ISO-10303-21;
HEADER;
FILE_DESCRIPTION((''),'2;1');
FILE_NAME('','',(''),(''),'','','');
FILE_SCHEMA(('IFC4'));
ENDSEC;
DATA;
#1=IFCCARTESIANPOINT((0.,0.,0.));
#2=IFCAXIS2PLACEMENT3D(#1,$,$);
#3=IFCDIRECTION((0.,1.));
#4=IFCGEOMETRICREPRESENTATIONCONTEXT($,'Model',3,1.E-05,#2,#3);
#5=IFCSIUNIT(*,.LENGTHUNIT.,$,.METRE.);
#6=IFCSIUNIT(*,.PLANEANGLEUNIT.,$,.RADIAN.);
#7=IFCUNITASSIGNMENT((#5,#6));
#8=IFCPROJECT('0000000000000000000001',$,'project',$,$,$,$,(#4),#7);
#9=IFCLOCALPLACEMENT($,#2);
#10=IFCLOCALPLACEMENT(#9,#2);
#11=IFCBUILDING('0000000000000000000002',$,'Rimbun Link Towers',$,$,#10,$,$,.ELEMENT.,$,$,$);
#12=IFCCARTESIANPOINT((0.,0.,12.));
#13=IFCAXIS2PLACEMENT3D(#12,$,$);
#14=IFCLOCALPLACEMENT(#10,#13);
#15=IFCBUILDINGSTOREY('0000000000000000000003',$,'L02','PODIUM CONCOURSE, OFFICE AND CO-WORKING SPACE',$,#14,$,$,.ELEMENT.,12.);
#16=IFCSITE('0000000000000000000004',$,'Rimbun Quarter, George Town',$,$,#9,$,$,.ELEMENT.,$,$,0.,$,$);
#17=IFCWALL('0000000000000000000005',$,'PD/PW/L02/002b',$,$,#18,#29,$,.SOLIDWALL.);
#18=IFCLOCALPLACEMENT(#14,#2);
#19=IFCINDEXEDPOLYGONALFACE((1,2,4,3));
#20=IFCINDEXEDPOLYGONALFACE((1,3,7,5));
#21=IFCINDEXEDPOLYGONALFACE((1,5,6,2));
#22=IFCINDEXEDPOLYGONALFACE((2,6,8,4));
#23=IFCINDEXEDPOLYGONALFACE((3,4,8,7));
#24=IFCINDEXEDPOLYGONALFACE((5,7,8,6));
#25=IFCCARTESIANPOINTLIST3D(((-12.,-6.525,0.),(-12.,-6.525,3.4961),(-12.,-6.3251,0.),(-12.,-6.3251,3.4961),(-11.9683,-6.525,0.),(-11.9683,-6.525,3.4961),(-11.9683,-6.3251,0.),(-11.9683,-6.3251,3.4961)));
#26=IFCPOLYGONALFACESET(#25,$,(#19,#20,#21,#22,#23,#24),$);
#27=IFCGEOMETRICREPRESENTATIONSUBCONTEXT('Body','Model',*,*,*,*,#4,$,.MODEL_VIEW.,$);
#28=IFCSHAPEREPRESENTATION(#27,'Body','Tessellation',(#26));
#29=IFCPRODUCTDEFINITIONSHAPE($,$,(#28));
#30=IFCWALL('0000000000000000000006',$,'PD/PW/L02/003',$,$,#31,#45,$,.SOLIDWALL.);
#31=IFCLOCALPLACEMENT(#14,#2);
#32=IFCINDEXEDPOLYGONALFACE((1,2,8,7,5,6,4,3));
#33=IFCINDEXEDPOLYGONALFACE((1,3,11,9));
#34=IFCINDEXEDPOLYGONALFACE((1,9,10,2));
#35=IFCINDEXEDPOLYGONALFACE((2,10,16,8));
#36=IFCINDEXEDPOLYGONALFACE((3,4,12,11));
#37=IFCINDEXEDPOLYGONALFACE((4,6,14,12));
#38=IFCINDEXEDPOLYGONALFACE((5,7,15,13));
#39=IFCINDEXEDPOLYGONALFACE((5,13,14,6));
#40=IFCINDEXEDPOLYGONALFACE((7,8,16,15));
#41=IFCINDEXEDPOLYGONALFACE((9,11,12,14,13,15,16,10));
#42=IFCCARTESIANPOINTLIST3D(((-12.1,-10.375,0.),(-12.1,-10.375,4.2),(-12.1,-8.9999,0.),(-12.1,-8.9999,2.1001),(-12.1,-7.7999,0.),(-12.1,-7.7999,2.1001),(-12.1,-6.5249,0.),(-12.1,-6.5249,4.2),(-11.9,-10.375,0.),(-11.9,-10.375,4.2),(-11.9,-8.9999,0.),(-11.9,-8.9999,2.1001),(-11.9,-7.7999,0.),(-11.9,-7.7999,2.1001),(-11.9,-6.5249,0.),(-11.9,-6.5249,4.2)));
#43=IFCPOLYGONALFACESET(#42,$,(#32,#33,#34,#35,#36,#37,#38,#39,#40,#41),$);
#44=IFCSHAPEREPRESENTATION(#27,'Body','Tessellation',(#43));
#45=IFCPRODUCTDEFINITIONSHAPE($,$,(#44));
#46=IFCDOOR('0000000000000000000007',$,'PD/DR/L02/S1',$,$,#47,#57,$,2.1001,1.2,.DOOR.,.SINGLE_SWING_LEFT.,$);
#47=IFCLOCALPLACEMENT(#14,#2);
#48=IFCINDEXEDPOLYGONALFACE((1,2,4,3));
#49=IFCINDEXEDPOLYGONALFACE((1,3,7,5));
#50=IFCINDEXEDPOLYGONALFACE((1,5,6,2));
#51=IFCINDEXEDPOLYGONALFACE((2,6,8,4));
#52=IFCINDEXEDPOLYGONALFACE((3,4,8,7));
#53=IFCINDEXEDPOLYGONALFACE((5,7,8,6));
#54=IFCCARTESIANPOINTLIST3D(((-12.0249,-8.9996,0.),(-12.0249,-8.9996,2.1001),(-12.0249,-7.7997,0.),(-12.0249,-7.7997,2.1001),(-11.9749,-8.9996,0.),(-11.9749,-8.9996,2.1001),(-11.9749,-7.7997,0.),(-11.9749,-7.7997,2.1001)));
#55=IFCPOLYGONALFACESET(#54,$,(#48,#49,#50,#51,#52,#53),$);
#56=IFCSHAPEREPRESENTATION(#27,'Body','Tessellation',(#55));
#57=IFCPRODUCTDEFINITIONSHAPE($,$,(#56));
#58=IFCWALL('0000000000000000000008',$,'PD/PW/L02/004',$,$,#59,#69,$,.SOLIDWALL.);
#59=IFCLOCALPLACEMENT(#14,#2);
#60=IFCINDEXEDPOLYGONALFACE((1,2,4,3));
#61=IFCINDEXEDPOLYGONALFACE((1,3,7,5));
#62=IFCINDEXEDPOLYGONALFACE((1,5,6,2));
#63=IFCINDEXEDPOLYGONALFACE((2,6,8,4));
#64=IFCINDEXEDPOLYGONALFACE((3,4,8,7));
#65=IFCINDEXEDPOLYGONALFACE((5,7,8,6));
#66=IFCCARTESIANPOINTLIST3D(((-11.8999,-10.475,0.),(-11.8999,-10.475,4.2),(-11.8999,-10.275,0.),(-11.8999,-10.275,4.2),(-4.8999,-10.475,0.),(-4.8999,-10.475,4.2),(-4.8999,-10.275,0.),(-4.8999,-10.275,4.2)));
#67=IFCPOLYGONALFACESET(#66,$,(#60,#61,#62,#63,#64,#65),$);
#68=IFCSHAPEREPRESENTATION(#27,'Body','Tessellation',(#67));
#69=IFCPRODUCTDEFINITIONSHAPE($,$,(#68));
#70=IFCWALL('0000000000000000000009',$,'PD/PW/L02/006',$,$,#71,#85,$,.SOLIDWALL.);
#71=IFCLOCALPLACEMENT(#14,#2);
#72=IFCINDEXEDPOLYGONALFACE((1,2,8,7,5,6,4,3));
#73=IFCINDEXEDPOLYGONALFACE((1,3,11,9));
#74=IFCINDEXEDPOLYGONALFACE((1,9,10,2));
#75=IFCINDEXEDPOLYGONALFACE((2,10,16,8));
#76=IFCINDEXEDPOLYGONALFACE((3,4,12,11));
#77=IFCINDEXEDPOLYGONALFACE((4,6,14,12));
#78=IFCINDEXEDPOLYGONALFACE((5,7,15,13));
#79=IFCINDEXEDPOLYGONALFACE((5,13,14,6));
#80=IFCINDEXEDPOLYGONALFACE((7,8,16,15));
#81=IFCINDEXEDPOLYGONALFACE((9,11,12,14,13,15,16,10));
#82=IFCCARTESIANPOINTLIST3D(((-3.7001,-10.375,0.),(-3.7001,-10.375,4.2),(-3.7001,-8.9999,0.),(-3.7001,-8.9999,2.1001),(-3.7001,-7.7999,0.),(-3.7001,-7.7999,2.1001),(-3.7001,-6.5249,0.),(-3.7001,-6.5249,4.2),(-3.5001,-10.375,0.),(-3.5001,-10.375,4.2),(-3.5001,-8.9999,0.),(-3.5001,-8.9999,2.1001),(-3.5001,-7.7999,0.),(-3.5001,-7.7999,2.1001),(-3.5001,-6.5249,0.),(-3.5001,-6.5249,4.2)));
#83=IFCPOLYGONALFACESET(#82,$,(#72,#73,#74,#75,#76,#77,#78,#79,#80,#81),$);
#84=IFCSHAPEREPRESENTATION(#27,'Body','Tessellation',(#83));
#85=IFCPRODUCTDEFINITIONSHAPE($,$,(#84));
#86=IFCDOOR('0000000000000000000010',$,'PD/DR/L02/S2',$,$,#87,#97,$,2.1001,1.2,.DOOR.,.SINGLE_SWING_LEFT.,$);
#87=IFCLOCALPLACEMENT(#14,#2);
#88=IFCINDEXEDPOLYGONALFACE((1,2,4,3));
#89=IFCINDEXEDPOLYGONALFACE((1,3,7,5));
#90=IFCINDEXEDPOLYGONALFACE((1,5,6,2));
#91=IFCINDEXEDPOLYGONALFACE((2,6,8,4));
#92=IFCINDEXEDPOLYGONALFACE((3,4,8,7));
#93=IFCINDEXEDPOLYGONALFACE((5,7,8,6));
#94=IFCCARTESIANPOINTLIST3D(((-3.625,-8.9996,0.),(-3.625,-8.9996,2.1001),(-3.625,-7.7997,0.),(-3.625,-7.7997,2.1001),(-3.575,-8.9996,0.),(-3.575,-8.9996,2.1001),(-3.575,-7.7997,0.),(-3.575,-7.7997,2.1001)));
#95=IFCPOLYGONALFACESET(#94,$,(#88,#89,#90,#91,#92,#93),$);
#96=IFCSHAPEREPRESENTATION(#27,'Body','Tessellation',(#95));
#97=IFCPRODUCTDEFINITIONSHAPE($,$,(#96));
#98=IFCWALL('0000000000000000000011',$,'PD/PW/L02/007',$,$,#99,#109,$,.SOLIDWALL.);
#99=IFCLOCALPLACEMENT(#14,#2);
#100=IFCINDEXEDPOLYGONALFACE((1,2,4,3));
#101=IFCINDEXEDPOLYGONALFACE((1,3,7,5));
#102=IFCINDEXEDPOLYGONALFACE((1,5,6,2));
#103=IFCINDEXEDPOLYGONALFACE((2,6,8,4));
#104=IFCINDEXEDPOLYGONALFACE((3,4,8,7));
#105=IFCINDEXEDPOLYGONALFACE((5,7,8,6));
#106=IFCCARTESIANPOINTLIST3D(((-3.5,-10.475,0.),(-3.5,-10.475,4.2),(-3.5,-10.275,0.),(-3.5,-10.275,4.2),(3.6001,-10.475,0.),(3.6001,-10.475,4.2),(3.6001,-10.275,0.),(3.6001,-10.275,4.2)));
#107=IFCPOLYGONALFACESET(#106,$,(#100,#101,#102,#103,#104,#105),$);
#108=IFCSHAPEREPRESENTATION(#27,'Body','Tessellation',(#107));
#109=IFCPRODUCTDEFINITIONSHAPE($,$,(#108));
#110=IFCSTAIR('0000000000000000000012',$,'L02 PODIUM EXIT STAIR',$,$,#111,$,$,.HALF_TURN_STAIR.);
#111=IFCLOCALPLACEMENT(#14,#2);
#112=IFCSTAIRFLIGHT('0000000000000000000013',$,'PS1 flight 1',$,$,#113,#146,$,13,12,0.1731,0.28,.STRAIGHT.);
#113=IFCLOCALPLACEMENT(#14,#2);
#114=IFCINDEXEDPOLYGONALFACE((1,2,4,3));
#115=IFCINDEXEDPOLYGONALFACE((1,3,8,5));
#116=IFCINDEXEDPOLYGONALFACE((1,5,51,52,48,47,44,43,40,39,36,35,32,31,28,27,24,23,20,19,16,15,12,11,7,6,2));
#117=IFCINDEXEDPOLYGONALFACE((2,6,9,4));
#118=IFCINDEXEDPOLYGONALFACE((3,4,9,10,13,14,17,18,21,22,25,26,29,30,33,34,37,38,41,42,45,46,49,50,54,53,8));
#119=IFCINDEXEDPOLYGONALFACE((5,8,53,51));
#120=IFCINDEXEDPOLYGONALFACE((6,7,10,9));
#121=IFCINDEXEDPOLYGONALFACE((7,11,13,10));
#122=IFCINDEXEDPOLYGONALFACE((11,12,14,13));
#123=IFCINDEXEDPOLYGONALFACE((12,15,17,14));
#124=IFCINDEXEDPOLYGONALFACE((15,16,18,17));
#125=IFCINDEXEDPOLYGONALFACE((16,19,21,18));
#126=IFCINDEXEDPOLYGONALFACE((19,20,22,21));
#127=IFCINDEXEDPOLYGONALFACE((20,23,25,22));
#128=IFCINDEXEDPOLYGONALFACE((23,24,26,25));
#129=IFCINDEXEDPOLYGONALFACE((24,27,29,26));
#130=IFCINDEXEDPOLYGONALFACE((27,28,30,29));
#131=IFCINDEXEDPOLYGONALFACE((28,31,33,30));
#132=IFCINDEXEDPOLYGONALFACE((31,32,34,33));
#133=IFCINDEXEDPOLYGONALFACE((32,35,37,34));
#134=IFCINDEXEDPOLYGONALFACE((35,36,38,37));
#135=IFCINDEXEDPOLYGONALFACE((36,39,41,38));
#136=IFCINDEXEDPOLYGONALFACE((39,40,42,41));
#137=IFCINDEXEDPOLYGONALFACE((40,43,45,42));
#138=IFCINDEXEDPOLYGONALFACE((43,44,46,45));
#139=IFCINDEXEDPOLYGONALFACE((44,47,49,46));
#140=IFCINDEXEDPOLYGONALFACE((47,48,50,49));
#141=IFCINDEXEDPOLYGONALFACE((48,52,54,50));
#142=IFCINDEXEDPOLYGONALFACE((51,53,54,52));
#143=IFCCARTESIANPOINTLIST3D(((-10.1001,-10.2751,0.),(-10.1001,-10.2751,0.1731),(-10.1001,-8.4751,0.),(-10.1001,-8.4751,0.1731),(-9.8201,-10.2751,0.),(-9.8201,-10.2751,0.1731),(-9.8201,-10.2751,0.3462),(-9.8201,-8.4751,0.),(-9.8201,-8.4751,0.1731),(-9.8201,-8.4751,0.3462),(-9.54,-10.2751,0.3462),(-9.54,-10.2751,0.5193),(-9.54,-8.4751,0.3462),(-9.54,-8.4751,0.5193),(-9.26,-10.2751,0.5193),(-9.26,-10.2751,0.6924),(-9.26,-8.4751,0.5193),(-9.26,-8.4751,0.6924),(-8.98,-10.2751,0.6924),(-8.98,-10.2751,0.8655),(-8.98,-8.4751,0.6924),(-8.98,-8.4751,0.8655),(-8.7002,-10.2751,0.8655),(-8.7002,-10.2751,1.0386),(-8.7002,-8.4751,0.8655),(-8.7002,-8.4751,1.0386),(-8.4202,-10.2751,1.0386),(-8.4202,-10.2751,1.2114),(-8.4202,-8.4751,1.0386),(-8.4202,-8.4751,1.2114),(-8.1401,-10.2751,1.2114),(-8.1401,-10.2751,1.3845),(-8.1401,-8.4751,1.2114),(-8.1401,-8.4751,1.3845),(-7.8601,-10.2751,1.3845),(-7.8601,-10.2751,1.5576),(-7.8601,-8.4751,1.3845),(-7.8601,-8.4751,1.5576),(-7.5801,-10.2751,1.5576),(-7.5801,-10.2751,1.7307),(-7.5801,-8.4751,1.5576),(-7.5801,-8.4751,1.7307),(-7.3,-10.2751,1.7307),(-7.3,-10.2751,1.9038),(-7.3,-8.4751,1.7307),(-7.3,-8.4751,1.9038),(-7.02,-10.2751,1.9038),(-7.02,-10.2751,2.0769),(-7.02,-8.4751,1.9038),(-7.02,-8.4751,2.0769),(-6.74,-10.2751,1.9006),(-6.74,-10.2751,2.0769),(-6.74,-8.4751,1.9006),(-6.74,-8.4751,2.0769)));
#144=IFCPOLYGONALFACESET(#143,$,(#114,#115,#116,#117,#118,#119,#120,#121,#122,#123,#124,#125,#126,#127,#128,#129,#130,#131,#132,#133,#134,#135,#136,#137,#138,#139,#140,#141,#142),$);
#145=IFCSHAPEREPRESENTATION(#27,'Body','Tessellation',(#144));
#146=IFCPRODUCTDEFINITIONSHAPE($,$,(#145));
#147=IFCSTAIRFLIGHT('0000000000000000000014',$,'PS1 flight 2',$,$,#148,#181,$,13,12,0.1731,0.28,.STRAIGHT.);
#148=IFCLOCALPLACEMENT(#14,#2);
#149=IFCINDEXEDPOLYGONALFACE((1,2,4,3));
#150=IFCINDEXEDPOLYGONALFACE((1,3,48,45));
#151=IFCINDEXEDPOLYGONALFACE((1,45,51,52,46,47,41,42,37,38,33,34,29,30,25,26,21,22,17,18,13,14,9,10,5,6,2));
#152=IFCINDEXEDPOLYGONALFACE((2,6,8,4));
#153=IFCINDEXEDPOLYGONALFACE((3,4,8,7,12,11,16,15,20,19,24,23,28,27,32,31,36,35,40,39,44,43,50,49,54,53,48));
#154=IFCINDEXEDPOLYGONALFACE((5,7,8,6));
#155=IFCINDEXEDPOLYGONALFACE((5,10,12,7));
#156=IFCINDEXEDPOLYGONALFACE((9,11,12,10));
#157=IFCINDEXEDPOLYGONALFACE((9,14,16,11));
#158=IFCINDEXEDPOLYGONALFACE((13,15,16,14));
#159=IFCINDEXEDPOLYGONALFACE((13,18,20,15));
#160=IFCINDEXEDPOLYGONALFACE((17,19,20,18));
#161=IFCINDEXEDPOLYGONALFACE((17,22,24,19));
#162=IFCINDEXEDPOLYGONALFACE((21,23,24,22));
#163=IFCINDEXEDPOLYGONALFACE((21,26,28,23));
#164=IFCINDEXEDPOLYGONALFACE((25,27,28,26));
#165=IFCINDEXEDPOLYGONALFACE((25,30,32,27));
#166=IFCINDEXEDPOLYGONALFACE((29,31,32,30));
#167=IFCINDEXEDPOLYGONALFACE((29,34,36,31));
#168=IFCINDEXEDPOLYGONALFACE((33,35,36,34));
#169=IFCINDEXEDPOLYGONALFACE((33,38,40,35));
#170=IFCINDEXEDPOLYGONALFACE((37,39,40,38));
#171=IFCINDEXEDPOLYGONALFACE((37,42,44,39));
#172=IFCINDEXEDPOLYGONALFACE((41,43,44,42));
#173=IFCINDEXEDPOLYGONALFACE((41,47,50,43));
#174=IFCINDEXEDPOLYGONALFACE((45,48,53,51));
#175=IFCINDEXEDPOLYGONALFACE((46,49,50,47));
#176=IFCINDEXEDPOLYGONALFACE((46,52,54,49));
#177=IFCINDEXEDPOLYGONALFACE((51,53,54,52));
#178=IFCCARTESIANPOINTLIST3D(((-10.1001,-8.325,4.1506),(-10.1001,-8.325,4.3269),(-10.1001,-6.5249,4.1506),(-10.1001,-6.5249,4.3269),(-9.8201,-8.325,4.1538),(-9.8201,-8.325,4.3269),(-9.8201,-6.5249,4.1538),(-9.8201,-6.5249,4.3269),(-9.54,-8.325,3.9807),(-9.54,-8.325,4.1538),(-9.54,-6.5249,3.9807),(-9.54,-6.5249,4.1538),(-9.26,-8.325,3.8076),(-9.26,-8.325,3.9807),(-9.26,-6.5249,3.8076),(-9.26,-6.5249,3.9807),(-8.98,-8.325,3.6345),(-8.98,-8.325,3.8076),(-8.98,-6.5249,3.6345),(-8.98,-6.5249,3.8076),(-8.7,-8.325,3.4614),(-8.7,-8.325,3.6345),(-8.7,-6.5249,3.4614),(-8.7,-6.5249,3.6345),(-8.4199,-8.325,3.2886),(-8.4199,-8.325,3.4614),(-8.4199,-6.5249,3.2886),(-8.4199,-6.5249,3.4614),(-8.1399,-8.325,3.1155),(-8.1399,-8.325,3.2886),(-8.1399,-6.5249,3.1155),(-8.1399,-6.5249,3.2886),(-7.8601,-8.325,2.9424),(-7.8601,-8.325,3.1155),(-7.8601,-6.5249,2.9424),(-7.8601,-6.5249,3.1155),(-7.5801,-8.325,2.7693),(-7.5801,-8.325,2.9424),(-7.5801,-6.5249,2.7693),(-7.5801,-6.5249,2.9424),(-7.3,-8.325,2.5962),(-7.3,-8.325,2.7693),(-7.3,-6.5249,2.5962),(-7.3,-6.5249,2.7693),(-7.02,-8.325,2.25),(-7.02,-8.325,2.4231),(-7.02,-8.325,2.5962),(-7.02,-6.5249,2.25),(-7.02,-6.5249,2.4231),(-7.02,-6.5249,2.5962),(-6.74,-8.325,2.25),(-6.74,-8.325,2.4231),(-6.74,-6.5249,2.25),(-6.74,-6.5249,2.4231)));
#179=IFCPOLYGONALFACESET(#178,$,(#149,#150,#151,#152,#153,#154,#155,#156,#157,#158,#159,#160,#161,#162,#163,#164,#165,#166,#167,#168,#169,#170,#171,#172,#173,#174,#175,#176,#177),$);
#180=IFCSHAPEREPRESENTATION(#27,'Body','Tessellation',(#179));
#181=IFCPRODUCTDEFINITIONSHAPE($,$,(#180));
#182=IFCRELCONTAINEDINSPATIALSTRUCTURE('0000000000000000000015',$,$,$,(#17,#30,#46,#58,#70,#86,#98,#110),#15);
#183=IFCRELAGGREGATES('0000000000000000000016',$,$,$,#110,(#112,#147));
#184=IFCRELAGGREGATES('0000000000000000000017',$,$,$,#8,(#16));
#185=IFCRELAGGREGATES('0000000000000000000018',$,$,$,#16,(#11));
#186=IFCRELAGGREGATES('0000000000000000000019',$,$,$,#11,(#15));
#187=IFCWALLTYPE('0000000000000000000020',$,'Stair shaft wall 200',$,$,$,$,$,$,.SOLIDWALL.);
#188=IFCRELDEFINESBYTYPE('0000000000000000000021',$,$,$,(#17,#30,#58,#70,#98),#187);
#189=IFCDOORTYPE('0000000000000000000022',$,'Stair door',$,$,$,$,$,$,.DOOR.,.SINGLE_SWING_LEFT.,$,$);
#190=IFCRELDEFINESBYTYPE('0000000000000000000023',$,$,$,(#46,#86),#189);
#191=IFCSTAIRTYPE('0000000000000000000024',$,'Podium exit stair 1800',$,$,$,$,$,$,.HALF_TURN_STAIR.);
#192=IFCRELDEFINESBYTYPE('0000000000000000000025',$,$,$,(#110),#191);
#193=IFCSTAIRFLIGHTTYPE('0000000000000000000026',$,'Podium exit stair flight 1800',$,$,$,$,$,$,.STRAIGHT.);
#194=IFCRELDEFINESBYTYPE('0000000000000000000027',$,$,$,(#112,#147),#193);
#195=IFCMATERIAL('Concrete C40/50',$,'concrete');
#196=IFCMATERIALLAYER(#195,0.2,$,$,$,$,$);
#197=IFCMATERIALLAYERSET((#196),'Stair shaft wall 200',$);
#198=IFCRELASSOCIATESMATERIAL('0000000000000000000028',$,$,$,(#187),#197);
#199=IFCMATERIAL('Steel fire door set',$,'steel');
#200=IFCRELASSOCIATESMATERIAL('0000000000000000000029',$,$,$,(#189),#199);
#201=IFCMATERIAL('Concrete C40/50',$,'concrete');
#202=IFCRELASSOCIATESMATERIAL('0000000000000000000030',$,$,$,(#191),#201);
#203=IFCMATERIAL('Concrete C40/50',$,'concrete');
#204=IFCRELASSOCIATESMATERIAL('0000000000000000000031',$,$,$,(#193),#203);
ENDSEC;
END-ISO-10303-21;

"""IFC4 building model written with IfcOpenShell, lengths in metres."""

from ifc_helpers import new_model, si_unit, direction, frame, frame_2d, origin, place, context, subcontext, project, spatial, polyline, rectangle, outline, extrude, material, layer, layer_set, type_object, element, fill, aggregate, save


model = new_model("IFC4")

# Units and contexts
model_context = context("Model", 3, precision=1e-05, world=origin(), true_north=direction((0.0, 1.0)))
body_context = subcontext(model_context, "Body", "Model", "MODEL_VIEW")
ifc_project = project(units=[si_unit("LENGTHUNIT", "METRE"), si_unit("PLANEANGLEUNIT", "RADIAN")], contexts=[model_context])

# Site, building, storey
site_placement = place(None, origin())
site = spatial("IfcSite", under=ifc_project, at=site_placement, Name="Rimbun Quarter, George Town", CompositionType="ELEMENT", RefElevation=0.0)
building_placement = place(site_placement, origin())
building = spatial("IfcBuilding", under=site, at=building_placement, Name="Rimbun Link Towers", CompositionType="ELEMENT")
storey_placement = place(building_placement, frame((0.0, 0.0, 12.0)))
storey = spatial("IfcBuildingStorey", under=building, at=storey_placement, Name="L02", Description="PODIUM CONCOURSE, OFFICE AND CO-WORKING SPACE", CompositionType="ELEMENT", Elevation=12.0)

# Wall
ifc_material_1 = material(Name="Concrete C40/50", Category="concrete")
ifc_layer_1 = layer(ifc_material_1, 0.2)
ifc_layer_set_1 = layer_set([ifc_layer_1], Name="Stair shaft wall 200")
wall_type_1 = type_object("IfcWallType", Name="Stair shaft wall 200", PredefinedType="SOLIDWALL", material=ifc_layer_set_1)
wall_1_placement = place(storey_placement, frame((-11.9683, -6.425, 0.0), z_axis=(0.0, 0.0, 1.0), x_axis=(-1.0, 0.0, 0.0)))
element("IfcWall", 1, at=wall_1_placement, inside=storey, type_object=wall_type_1, Name="PD/PW/L02/002b", PredefinedType="SOLIDWALL", context=body_context, shape_type="SweptSolid", body=[
    extrude(rectangle(XDim=0.0317, YDim=0.2, at=frame_2d((0.0159, 0.0))), origin(), (0.0, 0.0, 1.0), 3.4961),
])

# Wall, opening, door
wall_2_placement = place(storey_placement, frame((-12.0, -6.5249, 0.0), z_axis=(0.0, 0.0, 1.0), x_axis=(0.0, -1.0, 0.0)))
wall_2 = element("IfcWall", 2, at=wall_2_placement, inside=storey, type_object=wall_type_1, Name="PD/PW/L02/003", PredefinedType="SOLIDWALL", context=body_context, shape_type="SweptSolid", body=[
    extrude(rectangle(XDim=3.8501, YDim=0.2, at=frame_2d((1.925, 0.0))), origin(), (0.0, 0.0, 1.0), 4.2),
])
opening_1_placement = place(wall_2_placement, frame((1.2749, 0.0, 0.0)))
opening_1 = element("IfcOpeningElement", 3, at=opening_1_placement, cuts=wall_2, PredefinedType="OPENING", context=body_context, shape_type="SweptSolid", body=[
    extrude(rectangle(XDim=1.2, YDim=2.1001, at=frame_2d((0.6001, 1.05))), frame((0.0, 0.1099, 0.0), z_axis=(0.0, -1.0, 0.0), x_axis=(1.0, 0.0, 0.0)), (0.0, 0.0, 1.0), 0.22),
])
ifc_material_2 = material(Name="Steel fire door set", Category="steel")
door_type = type_object("IfcDoorType", Name="Stair door", OperationType="SINGLE_SWING_LEFT", PredefinedType="DOOR", material=ifc_material_2)
door_1_placement = place(opening_1_placement, frame((1.2, 0.0, 0.0), z_axis=(0.0, 0.0, 1.0), x_axis=(-1.0, 0.0, 0.0)))
door_1 = element("IfcDoor", 4, at=door_1_placement, inside=storey, type_object=door_type, Name="PD/DR/L02/S1", OperationType="SINGLE_SWING_LEFT", OverallHeight=2.1001, OverallWidth=1.2, PredefinedType="DOOR", context=body_context, shape_type="SweptSolid", body=[
    extrude(rectangle(XDim=1.2, YDim=2.1001, at=frame_2d((0.6001, 1.05))), frame((0.0, 0.0249, 0.0), z_axis=(0.0, -1.0, 0.0), x_axis=(1.0, 0.0, 0.0)), (0.0, 0.0, 1.0), 0.05),
])
fill(opening_1, door_1)

# Wall
wall_3_placement = place(storey_placement, frame((-11.8999, -10.375, 0.0), z_axis=(0.0, 0.0, 1.0), x_axis=(1.0, 0.0, 0.0)))
element("IfcWall", 5, at=wall_3_placement, inside=storey, type_object=wall_type_1, Name="PD/PW/L02/004", PredefinedType="SOLIDWALL", context=body_context, shape_type="SweptSolid", body=[
    extrude(rectangle(XDim=7.0, YDim=0.2, at=frame_2d((3.5, 0.0))), origin(), (0.0, 0.0, 1.0), 4.2),
])

# Wall, opening, door
wall_4_placement = place(storey_placement, frame((-3.6001, -6.5249, 0.0), z_axis=(0.0, 0.0, 1.0), x_axis=(0.0, -1.0, 0.0)))
wall_4 = element("IfcWall", 6, at=wall_4_placement, inside=storey, type_object=wall_type_1, Name="PD/PW/L02/006", PredefinedType="SOLIDWALL", context=body_context, shape_type="SweptSolid", body=[
    extrude(rectangle(XDim=3.8501, YDim=0.2, at=frame_2d((1.925, 0.0))), origin(), (0.0, 0.0, 1.0), 4.2),
])
opening_2_placement = place(wall_4_placement, frame((1.2749, 0.0, 0.0)))
opening_2 = element("IfcOpeningElement", 7, at=opening_2_placement, cuts=wall_4, PredefinedType="OPENING", context=body_context, shape_type="SweptSolid", body=[
    extrude(rectangle(XDim=1.2, YDim=2.1001, at=frame_2d((0.6001, 1.05))), frame((0.0, 0.1099, 0.0), z_axis=(0.0, -1.0, 0.0), x_axis=(1.0, 0.0, 0.0)), (0.0, 0.0, 1.0), 0.22),
])
door_2_placement = place(opening_2_placement, frame((1.2, 0.0, 0.0), z_axis=(0.0, 0.0, 1.0), x_axis=(-1.0, 0.0, 0.0)))
door_2 = element("IfcDoor", 8, at=door_2_placement, inside=storey, type_object=door_type, Name="PD/DR/L02/S2", OperationType="SINGLE_SWING_LEFT", OverallHeight=2.1001, OverallWidth=1.2, PredefinedType="DOOR", context=body_context, shape_type="SweptSolid", body=[
    extrude(rectangle(XDim=1.2, YDim=2.1001, at=frame_2d((0.6001, 1.05))), frame((0.0, 0.0249, 0.0), z_axis=(0.0, -1.0, 0.0), x_axis=(1.0, 0.0, 0.0)), (0.0, 0.0, 1.0), 0.05),
])
fill(opening_2, door_2)

# Wall
wall_5_placement = place(storey_placement, frame((-3.5, -10.375, 0.0), z_axis=(0.0, 0.0, 1.0), x_axis=(1.0, 0.0, 0.0)))
element("IfcWall", 9, at=wall_5_placement, inside=storey, type_object=wall_type_1, Name="PD/PW/L02/007", PredefinedType="SOLIDWALL", context=body_context, shape_type="SweptSolid", body=[
    extrude(rectangle(XDim=7.1001, YDim=0.2, at=frame_2d((3.55, 0.0))), origin(), (0.0, 0.0, 1.0), 4.2),
])

# Stair, stair flights
ifc_material_3 = material(Name="Concrete C40/50", Category="concrete")
stair_type = type_object("IfcStairType", Name="Podium exit stair 1800", PredefinedType="HALF_TURN_STAIR", material=ifc_material_3)
stair_1_placement = place(storey_placement, origin())
stair_1 = element("IfcStair", 10, at=stair_1_placement, inside=storey, type_object=stair_type, Name="L02 PODIUM EXIT STAIR", PredefinedType="HALF_TURN_STAIR")
ifc_material_4 = material(Name="Concrete C40/50", Category="concrete")
stair_flight_type = type_object("IfcStairFlightType", Name="Podium exit stair flight 1800", PredefinedType="STRAIGHT", material=ifc_material_4)
stair_flight_1_placement = place(storey_placement, frame((-10.1001, -9.375, 0.0), z_axis=(0.0, 0.0, 1.0), x_axis=(1.0, 0.0, 0.0)))
stair_flight_1 = element("IfcStairFlight", 11, at=stair_flight_1_placement, type_object=stair_flight_type, Name="PS1 flight 1", NumberOfRisers=13, NumberOfTreads=12, PredefinedType="STRAIGHT", RiserHeight=0.1731, TreadLength=0.28, context=body_context, shape_type="SweptSolid", body=[
    extrude(outline(polyline([(0.0, 0.0), (0.0, 0.1731), (0.28, 0.1731), (0.28, 0.3462), (0.5601, 0.3462), (0.5601, 0.5193), (0.8401, 0.5193), (0.8401, 0.6924), (1.1201, 0.6924), (1.1201, 0.8655), (1.3999, 0.8655), (1.3999, 1.0386), (1.6799, 1.0386), (1.6799, 1.2114), (1.96, 1.2114), (1.96, 1.3845), (2.24, 1.3845), (2.24, 1.5576), (2.52, 1.5576), (2.52, 1.7307), (2.8, 1.7307), (2.8, 1.9038), (3.0801, 1.9038), (3.0801, 2.0769), (3.3601, 2.0769), (3.3601, 2.25), (3.3601, 1.9006), (0.28, 0.0), (0.0, 0.0)])), frame((0.0, 0.8999, 0.0), z_axis=(0.0, -1.0, 0.0), x_axis=(1.0, 0.0, 0.0)), (0.0, 0.0, 1.0), 1.8),
])
stair_flight_2_placement = place(storey_placement, frame((-6.74, -7.425, 2.25), z_axis=(0.0, 0.0, 1.0), x_axis=(-1.0, 0.0, 0.0)))
stair_flight_2 = element("IfcStairFlight", 12, at=stair_flight_2_placement, type_object=stair_flight_type, Name="PS1 flight 2", NumberOfRisers=13, NumberOfTreads=12, PredefinedType="STRAIGHT", RiserHeight=0.1731, TreadLength=0.28, context=body_context, shape_type="SweptSolid", body=[
    extrude(outline(polyline([(0.0, 0.0), (0.0, 0.1731), (0.28, 0.1731), (0.28, 0.3462), (0.5601, 0.3462), (0.5601, 0.5193), (0.8401, 0.5193), (0.8401, 0.6924), (1.1201, 0.6924), (1.1201, 0.8655), (1.3999, 0.8655), (1.3999, 1.0386), (1.6799, 1.0386), (1.6799, 1.2114), (1.96, 1.2114), (1.96, 1.3845), (2.24, 1.3845), (2.24, 1.5576), (2.52, 1.5576), (2.52, 1.7307), (2.8, 1.7307), (2.8, 1.9038), (3.0801, 1.9038), (3.0801, 2.0769), (3.3601, 2.0769), (3.3601, 2.25), (3.3601, 1.9006), (0.28, 0.0), (0.0, 0.0)])), frame((0.0, 0.8999, 0.0), z_axis=(0.0, -1.0, 0.0), x_axis=(1.0, 0.0, 0.0)), (0.0, 0.0, 1.0), 1.8),
])
aggregate(stair_1, [stair_flight_1, stair_flight_2])

save(model, "model.ifc")
